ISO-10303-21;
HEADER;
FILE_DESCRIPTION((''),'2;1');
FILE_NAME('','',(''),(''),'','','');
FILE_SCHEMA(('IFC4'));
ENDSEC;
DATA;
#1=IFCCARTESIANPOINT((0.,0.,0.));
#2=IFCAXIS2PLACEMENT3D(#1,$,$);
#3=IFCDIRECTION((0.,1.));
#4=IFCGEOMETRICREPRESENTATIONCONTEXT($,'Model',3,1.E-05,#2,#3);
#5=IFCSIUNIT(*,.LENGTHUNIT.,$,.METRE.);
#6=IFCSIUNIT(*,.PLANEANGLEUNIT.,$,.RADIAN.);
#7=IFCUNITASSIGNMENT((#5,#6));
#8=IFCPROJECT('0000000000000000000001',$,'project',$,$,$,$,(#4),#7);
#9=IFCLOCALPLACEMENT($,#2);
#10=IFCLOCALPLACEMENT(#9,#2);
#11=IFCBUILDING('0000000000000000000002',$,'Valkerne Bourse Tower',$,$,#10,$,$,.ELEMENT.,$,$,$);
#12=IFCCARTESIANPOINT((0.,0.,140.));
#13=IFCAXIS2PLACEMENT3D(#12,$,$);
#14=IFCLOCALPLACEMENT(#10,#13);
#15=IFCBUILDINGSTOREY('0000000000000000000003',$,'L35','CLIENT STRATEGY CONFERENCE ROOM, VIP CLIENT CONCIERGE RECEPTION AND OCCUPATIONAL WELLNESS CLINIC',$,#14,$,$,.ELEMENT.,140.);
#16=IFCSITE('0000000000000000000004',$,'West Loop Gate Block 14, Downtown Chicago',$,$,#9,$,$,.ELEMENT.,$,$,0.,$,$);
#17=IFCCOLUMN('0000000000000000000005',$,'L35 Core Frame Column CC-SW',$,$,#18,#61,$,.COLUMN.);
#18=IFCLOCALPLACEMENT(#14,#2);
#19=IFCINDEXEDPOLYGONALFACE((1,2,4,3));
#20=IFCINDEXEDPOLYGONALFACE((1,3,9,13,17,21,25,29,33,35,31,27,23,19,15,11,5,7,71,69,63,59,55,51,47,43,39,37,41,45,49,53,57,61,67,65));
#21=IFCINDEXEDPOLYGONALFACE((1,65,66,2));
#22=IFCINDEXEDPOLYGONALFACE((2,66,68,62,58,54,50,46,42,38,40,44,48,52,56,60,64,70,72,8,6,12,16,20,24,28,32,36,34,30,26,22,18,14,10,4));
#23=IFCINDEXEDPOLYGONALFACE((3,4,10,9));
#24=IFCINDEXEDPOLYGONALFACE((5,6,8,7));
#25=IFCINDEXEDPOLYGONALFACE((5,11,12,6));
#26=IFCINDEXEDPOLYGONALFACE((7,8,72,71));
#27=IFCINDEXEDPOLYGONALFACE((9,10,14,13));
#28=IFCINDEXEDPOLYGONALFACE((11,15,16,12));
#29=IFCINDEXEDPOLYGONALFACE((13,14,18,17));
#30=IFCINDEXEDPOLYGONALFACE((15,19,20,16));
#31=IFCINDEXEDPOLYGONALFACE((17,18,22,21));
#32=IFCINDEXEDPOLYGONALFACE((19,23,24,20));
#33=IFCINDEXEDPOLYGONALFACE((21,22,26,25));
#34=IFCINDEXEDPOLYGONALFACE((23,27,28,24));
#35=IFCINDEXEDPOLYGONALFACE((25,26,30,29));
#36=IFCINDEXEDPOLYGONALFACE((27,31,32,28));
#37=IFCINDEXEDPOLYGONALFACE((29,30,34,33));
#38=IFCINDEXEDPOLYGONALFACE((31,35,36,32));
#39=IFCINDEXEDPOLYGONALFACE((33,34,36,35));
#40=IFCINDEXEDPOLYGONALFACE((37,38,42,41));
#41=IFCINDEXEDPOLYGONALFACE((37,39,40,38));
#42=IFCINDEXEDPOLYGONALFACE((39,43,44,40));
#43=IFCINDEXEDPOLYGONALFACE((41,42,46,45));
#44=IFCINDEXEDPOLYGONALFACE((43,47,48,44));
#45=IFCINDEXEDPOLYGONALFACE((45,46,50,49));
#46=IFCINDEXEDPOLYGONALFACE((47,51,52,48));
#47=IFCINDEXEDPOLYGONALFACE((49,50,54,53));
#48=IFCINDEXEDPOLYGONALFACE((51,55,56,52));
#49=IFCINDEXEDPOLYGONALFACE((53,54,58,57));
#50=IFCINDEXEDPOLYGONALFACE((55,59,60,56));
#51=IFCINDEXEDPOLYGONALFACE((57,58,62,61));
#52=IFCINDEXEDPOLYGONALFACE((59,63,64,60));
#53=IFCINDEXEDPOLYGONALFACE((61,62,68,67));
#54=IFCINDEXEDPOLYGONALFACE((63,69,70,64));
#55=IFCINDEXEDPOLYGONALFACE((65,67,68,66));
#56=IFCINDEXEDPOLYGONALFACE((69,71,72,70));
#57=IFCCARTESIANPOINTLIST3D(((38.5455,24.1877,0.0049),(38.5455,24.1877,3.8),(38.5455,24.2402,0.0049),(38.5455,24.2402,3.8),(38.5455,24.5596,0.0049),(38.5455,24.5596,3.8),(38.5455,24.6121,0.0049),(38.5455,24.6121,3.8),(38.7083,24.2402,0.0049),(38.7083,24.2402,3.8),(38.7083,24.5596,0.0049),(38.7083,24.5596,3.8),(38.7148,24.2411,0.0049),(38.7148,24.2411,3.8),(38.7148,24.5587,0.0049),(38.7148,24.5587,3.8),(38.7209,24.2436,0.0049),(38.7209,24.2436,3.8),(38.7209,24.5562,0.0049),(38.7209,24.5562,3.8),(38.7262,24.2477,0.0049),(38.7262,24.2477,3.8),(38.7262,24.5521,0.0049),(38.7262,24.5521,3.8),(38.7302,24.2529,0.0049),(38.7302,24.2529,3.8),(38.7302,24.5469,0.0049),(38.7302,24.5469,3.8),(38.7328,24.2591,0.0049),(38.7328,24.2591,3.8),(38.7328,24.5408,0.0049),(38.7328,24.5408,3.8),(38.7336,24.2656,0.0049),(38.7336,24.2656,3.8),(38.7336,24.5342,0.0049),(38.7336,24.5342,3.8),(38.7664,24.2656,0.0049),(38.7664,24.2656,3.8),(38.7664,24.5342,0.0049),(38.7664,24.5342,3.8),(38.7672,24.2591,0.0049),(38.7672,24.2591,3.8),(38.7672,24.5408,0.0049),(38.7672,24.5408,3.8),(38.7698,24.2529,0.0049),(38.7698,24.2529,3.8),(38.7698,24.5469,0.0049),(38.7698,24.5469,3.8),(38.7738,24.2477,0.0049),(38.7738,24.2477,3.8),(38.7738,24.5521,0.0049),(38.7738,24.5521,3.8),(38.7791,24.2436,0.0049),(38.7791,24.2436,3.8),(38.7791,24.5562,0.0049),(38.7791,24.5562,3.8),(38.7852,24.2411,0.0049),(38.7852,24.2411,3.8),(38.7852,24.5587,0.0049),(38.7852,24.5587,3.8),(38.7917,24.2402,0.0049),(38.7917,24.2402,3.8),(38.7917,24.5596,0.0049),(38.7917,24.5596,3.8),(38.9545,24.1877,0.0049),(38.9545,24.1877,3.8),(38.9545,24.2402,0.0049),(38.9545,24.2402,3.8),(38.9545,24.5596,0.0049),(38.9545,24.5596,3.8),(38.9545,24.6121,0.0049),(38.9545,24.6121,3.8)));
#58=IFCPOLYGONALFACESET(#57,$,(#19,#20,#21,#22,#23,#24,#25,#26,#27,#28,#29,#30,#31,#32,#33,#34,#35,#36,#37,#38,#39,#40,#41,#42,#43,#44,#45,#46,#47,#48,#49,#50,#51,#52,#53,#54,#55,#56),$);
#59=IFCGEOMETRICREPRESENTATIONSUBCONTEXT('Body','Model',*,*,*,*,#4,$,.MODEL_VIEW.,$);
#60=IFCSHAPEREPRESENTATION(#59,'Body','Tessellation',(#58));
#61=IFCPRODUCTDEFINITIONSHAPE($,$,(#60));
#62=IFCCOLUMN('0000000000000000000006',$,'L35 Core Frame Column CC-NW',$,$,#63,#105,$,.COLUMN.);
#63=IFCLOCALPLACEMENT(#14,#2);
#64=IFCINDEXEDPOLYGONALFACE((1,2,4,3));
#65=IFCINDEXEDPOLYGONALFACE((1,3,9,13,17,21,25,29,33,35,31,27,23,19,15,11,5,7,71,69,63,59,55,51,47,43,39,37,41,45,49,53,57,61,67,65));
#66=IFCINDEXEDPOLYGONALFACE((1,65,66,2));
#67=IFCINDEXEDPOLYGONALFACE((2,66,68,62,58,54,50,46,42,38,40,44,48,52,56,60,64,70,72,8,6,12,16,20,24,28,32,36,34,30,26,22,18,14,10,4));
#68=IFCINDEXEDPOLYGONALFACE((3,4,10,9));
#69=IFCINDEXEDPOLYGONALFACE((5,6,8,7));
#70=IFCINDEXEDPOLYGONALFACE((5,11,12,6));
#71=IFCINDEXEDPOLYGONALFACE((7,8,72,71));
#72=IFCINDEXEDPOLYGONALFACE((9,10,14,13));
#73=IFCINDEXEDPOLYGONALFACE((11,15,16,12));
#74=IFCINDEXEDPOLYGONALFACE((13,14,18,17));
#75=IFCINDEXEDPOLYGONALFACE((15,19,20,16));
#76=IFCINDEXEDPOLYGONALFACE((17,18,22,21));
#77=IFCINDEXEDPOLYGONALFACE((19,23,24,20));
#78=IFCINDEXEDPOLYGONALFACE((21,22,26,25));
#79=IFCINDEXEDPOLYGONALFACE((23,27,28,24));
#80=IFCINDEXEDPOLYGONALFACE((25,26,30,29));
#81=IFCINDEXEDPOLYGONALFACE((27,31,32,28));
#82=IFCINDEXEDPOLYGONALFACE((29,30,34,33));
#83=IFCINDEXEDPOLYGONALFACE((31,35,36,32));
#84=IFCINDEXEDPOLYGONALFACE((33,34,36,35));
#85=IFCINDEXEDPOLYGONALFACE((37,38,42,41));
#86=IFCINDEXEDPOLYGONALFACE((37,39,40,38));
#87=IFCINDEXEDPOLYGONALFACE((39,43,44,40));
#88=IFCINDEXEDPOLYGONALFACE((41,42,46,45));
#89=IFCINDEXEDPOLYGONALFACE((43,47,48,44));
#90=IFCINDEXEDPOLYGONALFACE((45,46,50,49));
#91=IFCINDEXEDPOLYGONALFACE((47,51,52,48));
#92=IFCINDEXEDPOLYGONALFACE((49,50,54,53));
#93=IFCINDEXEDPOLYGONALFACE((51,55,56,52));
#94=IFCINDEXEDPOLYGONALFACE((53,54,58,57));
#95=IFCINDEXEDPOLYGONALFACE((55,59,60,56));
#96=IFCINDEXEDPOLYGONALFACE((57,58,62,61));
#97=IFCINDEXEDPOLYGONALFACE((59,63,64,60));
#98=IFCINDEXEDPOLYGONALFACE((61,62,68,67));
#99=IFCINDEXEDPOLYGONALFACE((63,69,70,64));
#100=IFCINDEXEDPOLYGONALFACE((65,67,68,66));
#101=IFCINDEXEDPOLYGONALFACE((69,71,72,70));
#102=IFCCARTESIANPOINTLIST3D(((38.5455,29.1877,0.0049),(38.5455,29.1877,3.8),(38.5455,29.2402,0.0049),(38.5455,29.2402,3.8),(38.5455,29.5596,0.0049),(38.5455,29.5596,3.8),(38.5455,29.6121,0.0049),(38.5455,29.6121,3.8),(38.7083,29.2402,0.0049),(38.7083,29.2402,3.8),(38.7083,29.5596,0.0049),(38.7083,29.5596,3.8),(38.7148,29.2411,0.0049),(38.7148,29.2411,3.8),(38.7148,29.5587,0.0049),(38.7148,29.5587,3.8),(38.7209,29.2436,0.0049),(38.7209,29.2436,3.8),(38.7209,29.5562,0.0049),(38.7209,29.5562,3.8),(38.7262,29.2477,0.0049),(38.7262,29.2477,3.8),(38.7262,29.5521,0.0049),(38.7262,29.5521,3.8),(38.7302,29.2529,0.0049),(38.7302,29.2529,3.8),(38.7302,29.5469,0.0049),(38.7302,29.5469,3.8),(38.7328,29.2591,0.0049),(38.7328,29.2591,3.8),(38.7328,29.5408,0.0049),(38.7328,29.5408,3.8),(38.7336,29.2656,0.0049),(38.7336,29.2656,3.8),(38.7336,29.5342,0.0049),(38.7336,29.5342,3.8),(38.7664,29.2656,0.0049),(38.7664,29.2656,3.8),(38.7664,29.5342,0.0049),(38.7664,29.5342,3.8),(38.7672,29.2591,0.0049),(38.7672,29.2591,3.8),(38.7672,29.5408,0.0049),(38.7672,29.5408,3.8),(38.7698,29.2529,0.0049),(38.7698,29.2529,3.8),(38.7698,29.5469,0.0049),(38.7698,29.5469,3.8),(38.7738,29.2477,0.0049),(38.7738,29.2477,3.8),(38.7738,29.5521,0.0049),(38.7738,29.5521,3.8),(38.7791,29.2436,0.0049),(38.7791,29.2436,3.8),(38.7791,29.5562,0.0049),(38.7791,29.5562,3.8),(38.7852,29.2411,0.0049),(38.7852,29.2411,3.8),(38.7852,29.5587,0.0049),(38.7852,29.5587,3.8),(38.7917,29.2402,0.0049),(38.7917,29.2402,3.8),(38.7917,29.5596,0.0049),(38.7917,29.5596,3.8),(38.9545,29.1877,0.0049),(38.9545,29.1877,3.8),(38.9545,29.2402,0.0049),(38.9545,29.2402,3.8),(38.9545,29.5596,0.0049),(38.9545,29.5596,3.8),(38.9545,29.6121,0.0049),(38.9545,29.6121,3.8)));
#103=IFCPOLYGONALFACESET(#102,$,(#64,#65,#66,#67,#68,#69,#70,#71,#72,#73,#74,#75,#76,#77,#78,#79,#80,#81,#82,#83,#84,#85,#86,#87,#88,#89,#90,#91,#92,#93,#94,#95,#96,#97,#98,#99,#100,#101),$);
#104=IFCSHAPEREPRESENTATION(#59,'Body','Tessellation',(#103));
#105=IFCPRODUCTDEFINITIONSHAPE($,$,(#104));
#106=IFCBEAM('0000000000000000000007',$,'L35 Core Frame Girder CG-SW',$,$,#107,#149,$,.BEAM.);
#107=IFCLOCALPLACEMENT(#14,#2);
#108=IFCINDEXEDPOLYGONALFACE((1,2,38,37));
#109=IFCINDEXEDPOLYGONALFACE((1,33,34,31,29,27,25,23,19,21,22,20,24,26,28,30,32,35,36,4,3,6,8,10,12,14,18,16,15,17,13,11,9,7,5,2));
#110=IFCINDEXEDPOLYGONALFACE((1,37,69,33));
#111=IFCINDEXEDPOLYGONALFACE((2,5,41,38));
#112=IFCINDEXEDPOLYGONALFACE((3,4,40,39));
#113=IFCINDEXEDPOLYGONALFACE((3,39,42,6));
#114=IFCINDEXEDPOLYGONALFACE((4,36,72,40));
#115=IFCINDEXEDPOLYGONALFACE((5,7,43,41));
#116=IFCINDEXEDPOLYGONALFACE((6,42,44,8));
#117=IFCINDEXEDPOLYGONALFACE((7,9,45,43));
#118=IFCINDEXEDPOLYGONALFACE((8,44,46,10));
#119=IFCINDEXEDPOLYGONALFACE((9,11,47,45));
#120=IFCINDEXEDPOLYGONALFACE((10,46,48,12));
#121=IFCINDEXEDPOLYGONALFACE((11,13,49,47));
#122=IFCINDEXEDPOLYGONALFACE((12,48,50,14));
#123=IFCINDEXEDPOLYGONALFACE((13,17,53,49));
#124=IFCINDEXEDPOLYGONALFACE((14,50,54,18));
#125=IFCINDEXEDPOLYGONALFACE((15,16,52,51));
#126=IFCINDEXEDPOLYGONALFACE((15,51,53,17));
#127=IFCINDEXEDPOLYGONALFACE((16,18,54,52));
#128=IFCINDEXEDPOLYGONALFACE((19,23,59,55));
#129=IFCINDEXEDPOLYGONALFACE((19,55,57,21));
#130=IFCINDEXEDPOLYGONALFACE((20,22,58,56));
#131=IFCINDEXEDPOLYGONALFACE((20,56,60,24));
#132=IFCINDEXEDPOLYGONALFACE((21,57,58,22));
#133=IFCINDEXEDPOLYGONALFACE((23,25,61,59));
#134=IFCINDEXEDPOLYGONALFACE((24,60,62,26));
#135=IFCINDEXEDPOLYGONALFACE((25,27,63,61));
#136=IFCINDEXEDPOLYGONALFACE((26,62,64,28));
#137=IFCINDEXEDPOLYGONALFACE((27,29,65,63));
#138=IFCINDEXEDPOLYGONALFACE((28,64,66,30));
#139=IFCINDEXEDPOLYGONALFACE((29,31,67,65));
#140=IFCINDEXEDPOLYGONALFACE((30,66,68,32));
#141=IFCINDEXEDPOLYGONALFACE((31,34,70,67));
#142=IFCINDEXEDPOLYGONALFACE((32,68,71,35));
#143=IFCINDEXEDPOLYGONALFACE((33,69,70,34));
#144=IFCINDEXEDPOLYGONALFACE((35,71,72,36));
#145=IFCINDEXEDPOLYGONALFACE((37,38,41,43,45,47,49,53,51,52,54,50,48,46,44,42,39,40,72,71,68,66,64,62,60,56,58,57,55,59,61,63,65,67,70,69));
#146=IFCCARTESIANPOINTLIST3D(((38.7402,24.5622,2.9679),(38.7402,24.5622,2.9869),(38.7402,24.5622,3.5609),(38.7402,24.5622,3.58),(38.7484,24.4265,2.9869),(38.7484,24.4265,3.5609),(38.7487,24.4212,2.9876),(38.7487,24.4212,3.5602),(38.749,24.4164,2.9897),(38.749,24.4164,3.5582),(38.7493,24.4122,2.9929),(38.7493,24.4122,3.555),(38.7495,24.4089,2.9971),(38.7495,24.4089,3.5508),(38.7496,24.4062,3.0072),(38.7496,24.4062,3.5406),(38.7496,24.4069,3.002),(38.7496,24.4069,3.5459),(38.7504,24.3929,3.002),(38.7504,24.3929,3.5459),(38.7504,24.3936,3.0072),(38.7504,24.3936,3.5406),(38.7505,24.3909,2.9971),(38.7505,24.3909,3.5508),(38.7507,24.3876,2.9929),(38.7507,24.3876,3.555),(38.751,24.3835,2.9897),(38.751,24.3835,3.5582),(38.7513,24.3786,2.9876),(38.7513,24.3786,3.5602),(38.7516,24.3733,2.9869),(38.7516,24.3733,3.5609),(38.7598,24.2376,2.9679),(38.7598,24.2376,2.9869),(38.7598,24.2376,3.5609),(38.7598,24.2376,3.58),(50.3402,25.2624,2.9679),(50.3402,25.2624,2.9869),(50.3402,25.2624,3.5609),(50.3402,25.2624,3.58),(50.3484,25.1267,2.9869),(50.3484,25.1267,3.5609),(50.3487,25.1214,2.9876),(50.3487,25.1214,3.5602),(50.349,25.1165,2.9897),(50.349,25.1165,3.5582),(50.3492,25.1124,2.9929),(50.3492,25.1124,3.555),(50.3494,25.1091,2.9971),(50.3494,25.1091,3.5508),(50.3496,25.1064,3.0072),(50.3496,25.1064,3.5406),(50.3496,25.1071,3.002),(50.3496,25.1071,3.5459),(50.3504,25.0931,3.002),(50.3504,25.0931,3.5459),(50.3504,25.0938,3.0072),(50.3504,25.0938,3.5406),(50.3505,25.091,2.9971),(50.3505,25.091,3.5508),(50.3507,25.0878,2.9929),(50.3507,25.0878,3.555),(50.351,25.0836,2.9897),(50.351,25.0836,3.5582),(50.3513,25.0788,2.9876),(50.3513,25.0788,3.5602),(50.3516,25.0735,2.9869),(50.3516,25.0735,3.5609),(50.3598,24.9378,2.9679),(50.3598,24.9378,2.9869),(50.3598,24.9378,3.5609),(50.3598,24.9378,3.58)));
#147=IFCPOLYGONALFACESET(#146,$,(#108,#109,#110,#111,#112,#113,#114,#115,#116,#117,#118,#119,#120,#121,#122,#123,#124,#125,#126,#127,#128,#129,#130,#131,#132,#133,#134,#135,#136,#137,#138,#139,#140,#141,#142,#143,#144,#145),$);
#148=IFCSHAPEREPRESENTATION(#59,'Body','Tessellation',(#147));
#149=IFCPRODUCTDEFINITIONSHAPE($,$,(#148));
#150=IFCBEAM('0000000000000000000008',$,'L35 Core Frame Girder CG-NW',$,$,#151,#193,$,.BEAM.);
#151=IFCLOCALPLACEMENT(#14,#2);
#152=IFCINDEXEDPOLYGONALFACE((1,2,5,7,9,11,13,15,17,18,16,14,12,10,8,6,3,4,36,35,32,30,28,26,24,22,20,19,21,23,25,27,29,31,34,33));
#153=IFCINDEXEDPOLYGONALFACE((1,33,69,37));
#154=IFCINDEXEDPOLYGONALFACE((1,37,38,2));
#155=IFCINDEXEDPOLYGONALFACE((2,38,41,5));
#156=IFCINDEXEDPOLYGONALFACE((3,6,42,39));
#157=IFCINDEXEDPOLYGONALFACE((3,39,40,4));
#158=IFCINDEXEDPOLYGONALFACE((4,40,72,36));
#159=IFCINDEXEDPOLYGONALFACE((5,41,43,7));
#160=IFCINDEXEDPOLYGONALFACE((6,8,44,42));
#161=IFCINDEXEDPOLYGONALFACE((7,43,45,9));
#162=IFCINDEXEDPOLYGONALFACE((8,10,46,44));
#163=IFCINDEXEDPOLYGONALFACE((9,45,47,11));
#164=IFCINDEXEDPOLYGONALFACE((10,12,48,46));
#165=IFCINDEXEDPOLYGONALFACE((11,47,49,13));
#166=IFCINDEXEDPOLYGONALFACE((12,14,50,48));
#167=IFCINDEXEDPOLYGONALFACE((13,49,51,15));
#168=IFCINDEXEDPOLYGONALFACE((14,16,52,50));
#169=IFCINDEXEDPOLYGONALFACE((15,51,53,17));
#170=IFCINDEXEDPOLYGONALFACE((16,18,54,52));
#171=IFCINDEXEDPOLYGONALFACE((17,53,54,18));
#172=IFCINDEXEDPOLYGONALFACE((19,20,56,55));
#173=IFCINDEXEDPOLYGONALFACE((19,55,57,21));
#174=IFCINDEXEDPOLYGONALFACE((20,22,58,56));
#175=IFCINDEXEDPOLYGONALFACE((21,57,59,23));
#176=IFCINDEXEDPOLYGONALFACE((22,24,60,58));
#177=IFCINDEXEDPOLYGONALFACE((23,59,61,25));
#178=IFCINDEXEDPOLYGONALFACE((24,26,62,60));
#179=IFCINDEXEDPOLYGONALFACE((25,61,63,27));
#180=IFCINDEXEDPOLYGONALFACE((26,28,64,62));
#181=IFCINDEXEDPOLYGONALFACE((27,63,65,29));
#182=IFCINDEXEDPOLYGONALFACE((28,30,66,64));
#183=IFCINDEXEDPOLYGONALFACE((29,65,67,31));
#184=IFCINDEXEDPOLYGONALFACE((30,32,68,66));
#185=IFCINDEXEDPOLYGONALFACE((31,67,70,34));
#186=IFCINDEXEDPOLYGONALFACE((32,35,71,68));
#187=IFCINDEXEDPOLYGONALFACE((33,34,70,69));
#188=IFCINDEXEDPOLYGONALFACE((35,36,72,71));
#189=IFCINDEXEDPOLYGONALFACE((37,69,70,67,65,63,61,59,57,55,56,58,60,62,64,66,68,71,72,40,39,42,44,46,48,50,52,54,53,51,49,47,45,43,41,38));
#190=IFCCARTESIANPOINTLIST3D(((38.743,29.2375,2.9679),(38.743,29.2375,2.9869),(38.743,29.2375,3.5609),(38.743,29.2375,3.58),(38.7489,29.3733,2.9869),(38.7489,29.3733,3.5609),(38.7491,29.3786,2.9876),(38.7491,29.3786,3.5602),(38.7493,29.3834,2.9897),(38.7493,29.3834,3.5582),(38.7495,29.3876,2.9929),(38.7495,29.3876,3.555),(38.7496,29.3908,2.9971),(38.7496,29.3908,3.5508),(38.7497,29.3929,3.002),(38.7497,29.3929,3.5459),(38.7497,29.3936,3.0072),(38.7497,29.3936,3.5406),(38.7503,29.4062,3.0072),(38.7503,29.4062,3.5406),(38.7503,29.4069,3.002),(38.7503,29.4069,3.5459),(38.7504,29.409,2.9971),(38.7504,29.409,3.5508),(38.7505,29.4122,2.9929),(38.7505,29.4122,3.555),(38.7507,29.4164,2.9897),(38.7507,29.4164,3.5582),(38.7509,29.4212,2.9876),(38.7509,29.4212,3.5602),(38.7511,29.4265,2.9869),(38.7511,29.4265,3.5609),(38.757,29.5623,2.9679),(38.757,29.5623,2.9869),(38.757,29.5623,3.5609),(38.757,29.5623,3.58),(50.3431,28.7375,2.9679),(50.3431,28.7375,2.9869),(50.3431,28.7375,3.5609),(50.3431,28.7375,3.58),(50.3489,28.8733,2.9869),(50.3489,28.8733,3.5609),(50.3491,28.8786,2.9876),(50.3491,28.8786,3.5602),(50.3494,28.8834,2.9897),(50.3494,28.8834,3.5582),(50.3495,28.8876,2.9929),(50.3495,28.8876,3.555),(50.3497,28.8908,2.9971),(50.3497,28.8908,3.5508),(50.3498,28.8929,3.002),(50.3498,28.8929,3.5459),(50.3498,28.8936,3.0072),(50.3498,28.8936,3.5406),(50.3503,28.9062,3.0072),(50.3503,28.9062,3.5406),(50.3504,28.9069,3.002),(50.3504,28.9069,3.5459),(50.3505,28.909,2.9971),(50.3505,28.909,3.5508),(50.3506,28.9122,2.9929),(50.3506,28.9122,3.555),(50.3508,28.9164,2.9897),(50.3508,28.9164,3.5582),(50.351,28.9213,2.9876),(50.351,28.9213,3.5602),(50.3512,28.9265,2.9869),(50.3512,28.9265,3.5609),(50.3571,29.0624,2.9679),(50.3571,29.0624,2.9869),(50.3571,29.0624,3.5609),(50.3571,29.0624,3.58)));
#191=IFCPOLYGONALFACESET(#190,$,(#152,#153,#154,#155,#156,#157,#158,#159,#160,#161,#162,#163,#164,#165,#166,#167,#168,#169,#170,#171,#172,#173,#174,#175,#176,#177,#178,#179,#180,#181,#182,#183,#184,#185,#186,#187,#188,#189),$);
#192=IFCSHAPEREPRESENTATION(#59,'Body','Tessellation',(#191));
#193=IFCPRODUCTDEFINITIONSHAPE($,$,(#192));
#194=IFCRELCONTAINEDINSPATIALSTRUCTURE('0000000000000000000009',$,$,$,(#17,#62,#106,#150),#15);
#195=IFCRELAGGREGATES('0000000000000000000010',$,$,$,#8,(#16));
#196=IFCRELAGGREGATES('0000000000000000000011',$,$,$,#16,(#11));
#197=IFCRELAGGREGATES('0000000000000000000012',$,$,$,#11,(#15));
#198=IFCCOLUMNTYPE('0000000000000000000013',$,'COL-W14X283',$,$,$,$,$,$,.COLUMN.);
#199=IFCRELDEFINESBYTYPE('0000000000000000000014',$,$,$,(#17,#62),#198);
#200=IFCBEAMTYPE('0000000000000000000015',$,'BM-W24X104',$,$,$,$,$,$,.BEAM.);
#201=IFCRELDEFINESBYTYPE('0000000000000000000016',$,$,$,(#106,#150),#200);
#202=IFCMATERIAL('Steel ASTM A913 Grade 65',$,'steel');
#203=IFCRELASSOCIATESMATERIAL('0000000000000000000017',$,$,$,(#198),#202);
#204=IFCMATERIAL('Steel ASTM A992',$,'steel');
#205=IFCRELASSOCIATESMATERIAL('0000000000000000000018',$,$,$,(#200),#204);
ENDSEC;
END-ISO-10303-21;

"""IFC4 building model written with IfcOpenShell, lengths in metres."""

from ifc_helpers import new_model, si_unit, direction, frame, origin, origin_2d, place, context, subcontext, project, spatial, i_section, extrude, material, material_profile, profile_set, type_object, element, save


model = new_model("IFC4")

# Units and contexts
model_context = context("Model", 3, precision=1e-05, world=origin(), true_north=direction((0.0, 1.0)))
body_context = subcontext(model_context, "Body", "Model", "MODEL_VIEW")
ifc_project = project(units=[si_unit("LENGTHUNIT", "METRE"), si_unit("PLANEANGLEUNIT", "RADIAN")], contexts=[model_context])

# Site, building, storey
site_placement = place(None, origin())
site = spatial("IfcSite", under=ifc_project, at=site_placement, Name="West Loop Gate Block 14, Downtown Chicago", CompositionType="ELEMENT", RefElevation=0.0)
building_placement = place(site_placement, origin())
building = spatial("IfcBuilding", under=site, at=building_placement, Name="Valkerne Bourse Tower", CompositionType="ELEMENT")
storey_placement = place(building_placement, frame((0.0, 0.0, 140.0)))
storey = spatial("IfcBuildingStorey", under=building, at=storey_placement, Name="L35", Description="CLIENT STRATEGY CONFERENCE ROOM, VIP CLIENT CONCIERGE RECEPTION AND OCCUPATIONAL WELLNESS CLINIC", CompositionType="ELEMENT", Elevation=140.0)

# Columns
ifc_material_1 = material(Name="Steel ASTM A913 Grade 65", Category="steel")
ifc_material_profile_1 = material_profile(ifc_material_1, i_section(OverallWidth=0.4089, OverallDepth=0.4243, WebThickness=0.0327, FlangeThickness=0.0525, FilletRadius=0.0254, at=origin_2d()), Name="W14X283")
ifc_profile_set_1 = profile_set([ifc_material_profile_1], Name="Steel ASTM A913 Grade 65")
column_type = type_object("IfcColumnType", Name="COL-W14X283", PredefinedType="COLUMN", material=ifc_profile_set_1)
for number, where, z_axis, x_axis, name in (
    (1, (38.75, 24.3999, 0.0049), (0.0, 0.0, 1.0), (1.0, 0.0, 0.0), "L35 Core Frame Column CC-SW"),
    (2, (38.75, 29.3999, 0.0049), (0.0, 0.0, 1.0), (1.0, 0.0, 0.0), "L35 Core Frame Column CC-NW"),
):
    element("IfcColumn", number, at=place(storey_placement, frame(where, z_axis=z_axis, x_axis=x_axis)), inside=storey, type_object=column_type, Name=name, PredefinedType="COLUMN", context=body_context, shape_type="SweptSolid", body=[
        extrude(i_section(OverallWidth=0.4089, OverallDepth=0.4243, WebThickness=0.0327, FlangeThickness=0.0525, FilletRadius=0.0254, at=origin_2d()), origin(), (0.0, 0.0, 1.0), 3.7952),
    ])

# Beams
ifc_material_2 = material(Name="Steel ASTM A992", Category="steel")
ifc_material_profile_2 = material_profile(ifc_material_2, i_section(OverallWidth=0.3252, OverallDepth=0.6121, WebThickness=0.0127, FlangeThickness=0.019, FilletRadius=0.0203, at=origin_2d()), Name="W24X104")
ifc_profile_set_2 = profile_set([ifc_material_profile_2], Name="Steel ASTM A992")
beam_type = type_object("IfcBeamType", Name="BM-W24X104", PredefinedType="BEAM", material=ifc_profile_set_2)
beam_1_placement = place(storey_placement, frame((38.75, 24.3999, 3.2739), z_axis=(0.998183, 0.060251, 0.0), x_axis=(-0.060251, 0.998183, 0.0)))
element("IfcBeam", 3, at=beam_1_placement, inside=storey, type_object=beam_type, Name="L35 Core Frame Girder CG-SW", PredefinedType="BEAM", context=body_context, shape_type="SweptSolid", body=[
    extrude(i_section(OverallWidth=0.3252, OverallDepth=0.6121, WebThickness=0.0127, FlangeThickness=0.019, FilletRadius=0.0203, at=origin_2d()), origin(), (0.0, 0.0, 1.0), 11.6211),
])
beam_2_placement = place(storey_placement, frame((38.75, 29.3999, 3.2739), z_axis=(0.999072, -0.043063, 0.0), x_axis=(0.043063, 0.999072, 0.0)))
element("IfcBeam", 4, at=beam_2_placement, inside=storey, type_object=beam_type, Name="L35 Core Frame Girder CG-NW", PredefinedType="BEAM", context=body_context, shape_type="SweptSolid", body=[
    extrude(i_section(OverallWidth=0.3252, OverallDepth=0.6121, WebThickness=0.0127, FlangeThickness=0.019, FilletRadius=0.0203, at=origin_2d()), origin(), (0.0, 0.0, 1.0), 11.6108),
])

save(model, "model.ifc")
